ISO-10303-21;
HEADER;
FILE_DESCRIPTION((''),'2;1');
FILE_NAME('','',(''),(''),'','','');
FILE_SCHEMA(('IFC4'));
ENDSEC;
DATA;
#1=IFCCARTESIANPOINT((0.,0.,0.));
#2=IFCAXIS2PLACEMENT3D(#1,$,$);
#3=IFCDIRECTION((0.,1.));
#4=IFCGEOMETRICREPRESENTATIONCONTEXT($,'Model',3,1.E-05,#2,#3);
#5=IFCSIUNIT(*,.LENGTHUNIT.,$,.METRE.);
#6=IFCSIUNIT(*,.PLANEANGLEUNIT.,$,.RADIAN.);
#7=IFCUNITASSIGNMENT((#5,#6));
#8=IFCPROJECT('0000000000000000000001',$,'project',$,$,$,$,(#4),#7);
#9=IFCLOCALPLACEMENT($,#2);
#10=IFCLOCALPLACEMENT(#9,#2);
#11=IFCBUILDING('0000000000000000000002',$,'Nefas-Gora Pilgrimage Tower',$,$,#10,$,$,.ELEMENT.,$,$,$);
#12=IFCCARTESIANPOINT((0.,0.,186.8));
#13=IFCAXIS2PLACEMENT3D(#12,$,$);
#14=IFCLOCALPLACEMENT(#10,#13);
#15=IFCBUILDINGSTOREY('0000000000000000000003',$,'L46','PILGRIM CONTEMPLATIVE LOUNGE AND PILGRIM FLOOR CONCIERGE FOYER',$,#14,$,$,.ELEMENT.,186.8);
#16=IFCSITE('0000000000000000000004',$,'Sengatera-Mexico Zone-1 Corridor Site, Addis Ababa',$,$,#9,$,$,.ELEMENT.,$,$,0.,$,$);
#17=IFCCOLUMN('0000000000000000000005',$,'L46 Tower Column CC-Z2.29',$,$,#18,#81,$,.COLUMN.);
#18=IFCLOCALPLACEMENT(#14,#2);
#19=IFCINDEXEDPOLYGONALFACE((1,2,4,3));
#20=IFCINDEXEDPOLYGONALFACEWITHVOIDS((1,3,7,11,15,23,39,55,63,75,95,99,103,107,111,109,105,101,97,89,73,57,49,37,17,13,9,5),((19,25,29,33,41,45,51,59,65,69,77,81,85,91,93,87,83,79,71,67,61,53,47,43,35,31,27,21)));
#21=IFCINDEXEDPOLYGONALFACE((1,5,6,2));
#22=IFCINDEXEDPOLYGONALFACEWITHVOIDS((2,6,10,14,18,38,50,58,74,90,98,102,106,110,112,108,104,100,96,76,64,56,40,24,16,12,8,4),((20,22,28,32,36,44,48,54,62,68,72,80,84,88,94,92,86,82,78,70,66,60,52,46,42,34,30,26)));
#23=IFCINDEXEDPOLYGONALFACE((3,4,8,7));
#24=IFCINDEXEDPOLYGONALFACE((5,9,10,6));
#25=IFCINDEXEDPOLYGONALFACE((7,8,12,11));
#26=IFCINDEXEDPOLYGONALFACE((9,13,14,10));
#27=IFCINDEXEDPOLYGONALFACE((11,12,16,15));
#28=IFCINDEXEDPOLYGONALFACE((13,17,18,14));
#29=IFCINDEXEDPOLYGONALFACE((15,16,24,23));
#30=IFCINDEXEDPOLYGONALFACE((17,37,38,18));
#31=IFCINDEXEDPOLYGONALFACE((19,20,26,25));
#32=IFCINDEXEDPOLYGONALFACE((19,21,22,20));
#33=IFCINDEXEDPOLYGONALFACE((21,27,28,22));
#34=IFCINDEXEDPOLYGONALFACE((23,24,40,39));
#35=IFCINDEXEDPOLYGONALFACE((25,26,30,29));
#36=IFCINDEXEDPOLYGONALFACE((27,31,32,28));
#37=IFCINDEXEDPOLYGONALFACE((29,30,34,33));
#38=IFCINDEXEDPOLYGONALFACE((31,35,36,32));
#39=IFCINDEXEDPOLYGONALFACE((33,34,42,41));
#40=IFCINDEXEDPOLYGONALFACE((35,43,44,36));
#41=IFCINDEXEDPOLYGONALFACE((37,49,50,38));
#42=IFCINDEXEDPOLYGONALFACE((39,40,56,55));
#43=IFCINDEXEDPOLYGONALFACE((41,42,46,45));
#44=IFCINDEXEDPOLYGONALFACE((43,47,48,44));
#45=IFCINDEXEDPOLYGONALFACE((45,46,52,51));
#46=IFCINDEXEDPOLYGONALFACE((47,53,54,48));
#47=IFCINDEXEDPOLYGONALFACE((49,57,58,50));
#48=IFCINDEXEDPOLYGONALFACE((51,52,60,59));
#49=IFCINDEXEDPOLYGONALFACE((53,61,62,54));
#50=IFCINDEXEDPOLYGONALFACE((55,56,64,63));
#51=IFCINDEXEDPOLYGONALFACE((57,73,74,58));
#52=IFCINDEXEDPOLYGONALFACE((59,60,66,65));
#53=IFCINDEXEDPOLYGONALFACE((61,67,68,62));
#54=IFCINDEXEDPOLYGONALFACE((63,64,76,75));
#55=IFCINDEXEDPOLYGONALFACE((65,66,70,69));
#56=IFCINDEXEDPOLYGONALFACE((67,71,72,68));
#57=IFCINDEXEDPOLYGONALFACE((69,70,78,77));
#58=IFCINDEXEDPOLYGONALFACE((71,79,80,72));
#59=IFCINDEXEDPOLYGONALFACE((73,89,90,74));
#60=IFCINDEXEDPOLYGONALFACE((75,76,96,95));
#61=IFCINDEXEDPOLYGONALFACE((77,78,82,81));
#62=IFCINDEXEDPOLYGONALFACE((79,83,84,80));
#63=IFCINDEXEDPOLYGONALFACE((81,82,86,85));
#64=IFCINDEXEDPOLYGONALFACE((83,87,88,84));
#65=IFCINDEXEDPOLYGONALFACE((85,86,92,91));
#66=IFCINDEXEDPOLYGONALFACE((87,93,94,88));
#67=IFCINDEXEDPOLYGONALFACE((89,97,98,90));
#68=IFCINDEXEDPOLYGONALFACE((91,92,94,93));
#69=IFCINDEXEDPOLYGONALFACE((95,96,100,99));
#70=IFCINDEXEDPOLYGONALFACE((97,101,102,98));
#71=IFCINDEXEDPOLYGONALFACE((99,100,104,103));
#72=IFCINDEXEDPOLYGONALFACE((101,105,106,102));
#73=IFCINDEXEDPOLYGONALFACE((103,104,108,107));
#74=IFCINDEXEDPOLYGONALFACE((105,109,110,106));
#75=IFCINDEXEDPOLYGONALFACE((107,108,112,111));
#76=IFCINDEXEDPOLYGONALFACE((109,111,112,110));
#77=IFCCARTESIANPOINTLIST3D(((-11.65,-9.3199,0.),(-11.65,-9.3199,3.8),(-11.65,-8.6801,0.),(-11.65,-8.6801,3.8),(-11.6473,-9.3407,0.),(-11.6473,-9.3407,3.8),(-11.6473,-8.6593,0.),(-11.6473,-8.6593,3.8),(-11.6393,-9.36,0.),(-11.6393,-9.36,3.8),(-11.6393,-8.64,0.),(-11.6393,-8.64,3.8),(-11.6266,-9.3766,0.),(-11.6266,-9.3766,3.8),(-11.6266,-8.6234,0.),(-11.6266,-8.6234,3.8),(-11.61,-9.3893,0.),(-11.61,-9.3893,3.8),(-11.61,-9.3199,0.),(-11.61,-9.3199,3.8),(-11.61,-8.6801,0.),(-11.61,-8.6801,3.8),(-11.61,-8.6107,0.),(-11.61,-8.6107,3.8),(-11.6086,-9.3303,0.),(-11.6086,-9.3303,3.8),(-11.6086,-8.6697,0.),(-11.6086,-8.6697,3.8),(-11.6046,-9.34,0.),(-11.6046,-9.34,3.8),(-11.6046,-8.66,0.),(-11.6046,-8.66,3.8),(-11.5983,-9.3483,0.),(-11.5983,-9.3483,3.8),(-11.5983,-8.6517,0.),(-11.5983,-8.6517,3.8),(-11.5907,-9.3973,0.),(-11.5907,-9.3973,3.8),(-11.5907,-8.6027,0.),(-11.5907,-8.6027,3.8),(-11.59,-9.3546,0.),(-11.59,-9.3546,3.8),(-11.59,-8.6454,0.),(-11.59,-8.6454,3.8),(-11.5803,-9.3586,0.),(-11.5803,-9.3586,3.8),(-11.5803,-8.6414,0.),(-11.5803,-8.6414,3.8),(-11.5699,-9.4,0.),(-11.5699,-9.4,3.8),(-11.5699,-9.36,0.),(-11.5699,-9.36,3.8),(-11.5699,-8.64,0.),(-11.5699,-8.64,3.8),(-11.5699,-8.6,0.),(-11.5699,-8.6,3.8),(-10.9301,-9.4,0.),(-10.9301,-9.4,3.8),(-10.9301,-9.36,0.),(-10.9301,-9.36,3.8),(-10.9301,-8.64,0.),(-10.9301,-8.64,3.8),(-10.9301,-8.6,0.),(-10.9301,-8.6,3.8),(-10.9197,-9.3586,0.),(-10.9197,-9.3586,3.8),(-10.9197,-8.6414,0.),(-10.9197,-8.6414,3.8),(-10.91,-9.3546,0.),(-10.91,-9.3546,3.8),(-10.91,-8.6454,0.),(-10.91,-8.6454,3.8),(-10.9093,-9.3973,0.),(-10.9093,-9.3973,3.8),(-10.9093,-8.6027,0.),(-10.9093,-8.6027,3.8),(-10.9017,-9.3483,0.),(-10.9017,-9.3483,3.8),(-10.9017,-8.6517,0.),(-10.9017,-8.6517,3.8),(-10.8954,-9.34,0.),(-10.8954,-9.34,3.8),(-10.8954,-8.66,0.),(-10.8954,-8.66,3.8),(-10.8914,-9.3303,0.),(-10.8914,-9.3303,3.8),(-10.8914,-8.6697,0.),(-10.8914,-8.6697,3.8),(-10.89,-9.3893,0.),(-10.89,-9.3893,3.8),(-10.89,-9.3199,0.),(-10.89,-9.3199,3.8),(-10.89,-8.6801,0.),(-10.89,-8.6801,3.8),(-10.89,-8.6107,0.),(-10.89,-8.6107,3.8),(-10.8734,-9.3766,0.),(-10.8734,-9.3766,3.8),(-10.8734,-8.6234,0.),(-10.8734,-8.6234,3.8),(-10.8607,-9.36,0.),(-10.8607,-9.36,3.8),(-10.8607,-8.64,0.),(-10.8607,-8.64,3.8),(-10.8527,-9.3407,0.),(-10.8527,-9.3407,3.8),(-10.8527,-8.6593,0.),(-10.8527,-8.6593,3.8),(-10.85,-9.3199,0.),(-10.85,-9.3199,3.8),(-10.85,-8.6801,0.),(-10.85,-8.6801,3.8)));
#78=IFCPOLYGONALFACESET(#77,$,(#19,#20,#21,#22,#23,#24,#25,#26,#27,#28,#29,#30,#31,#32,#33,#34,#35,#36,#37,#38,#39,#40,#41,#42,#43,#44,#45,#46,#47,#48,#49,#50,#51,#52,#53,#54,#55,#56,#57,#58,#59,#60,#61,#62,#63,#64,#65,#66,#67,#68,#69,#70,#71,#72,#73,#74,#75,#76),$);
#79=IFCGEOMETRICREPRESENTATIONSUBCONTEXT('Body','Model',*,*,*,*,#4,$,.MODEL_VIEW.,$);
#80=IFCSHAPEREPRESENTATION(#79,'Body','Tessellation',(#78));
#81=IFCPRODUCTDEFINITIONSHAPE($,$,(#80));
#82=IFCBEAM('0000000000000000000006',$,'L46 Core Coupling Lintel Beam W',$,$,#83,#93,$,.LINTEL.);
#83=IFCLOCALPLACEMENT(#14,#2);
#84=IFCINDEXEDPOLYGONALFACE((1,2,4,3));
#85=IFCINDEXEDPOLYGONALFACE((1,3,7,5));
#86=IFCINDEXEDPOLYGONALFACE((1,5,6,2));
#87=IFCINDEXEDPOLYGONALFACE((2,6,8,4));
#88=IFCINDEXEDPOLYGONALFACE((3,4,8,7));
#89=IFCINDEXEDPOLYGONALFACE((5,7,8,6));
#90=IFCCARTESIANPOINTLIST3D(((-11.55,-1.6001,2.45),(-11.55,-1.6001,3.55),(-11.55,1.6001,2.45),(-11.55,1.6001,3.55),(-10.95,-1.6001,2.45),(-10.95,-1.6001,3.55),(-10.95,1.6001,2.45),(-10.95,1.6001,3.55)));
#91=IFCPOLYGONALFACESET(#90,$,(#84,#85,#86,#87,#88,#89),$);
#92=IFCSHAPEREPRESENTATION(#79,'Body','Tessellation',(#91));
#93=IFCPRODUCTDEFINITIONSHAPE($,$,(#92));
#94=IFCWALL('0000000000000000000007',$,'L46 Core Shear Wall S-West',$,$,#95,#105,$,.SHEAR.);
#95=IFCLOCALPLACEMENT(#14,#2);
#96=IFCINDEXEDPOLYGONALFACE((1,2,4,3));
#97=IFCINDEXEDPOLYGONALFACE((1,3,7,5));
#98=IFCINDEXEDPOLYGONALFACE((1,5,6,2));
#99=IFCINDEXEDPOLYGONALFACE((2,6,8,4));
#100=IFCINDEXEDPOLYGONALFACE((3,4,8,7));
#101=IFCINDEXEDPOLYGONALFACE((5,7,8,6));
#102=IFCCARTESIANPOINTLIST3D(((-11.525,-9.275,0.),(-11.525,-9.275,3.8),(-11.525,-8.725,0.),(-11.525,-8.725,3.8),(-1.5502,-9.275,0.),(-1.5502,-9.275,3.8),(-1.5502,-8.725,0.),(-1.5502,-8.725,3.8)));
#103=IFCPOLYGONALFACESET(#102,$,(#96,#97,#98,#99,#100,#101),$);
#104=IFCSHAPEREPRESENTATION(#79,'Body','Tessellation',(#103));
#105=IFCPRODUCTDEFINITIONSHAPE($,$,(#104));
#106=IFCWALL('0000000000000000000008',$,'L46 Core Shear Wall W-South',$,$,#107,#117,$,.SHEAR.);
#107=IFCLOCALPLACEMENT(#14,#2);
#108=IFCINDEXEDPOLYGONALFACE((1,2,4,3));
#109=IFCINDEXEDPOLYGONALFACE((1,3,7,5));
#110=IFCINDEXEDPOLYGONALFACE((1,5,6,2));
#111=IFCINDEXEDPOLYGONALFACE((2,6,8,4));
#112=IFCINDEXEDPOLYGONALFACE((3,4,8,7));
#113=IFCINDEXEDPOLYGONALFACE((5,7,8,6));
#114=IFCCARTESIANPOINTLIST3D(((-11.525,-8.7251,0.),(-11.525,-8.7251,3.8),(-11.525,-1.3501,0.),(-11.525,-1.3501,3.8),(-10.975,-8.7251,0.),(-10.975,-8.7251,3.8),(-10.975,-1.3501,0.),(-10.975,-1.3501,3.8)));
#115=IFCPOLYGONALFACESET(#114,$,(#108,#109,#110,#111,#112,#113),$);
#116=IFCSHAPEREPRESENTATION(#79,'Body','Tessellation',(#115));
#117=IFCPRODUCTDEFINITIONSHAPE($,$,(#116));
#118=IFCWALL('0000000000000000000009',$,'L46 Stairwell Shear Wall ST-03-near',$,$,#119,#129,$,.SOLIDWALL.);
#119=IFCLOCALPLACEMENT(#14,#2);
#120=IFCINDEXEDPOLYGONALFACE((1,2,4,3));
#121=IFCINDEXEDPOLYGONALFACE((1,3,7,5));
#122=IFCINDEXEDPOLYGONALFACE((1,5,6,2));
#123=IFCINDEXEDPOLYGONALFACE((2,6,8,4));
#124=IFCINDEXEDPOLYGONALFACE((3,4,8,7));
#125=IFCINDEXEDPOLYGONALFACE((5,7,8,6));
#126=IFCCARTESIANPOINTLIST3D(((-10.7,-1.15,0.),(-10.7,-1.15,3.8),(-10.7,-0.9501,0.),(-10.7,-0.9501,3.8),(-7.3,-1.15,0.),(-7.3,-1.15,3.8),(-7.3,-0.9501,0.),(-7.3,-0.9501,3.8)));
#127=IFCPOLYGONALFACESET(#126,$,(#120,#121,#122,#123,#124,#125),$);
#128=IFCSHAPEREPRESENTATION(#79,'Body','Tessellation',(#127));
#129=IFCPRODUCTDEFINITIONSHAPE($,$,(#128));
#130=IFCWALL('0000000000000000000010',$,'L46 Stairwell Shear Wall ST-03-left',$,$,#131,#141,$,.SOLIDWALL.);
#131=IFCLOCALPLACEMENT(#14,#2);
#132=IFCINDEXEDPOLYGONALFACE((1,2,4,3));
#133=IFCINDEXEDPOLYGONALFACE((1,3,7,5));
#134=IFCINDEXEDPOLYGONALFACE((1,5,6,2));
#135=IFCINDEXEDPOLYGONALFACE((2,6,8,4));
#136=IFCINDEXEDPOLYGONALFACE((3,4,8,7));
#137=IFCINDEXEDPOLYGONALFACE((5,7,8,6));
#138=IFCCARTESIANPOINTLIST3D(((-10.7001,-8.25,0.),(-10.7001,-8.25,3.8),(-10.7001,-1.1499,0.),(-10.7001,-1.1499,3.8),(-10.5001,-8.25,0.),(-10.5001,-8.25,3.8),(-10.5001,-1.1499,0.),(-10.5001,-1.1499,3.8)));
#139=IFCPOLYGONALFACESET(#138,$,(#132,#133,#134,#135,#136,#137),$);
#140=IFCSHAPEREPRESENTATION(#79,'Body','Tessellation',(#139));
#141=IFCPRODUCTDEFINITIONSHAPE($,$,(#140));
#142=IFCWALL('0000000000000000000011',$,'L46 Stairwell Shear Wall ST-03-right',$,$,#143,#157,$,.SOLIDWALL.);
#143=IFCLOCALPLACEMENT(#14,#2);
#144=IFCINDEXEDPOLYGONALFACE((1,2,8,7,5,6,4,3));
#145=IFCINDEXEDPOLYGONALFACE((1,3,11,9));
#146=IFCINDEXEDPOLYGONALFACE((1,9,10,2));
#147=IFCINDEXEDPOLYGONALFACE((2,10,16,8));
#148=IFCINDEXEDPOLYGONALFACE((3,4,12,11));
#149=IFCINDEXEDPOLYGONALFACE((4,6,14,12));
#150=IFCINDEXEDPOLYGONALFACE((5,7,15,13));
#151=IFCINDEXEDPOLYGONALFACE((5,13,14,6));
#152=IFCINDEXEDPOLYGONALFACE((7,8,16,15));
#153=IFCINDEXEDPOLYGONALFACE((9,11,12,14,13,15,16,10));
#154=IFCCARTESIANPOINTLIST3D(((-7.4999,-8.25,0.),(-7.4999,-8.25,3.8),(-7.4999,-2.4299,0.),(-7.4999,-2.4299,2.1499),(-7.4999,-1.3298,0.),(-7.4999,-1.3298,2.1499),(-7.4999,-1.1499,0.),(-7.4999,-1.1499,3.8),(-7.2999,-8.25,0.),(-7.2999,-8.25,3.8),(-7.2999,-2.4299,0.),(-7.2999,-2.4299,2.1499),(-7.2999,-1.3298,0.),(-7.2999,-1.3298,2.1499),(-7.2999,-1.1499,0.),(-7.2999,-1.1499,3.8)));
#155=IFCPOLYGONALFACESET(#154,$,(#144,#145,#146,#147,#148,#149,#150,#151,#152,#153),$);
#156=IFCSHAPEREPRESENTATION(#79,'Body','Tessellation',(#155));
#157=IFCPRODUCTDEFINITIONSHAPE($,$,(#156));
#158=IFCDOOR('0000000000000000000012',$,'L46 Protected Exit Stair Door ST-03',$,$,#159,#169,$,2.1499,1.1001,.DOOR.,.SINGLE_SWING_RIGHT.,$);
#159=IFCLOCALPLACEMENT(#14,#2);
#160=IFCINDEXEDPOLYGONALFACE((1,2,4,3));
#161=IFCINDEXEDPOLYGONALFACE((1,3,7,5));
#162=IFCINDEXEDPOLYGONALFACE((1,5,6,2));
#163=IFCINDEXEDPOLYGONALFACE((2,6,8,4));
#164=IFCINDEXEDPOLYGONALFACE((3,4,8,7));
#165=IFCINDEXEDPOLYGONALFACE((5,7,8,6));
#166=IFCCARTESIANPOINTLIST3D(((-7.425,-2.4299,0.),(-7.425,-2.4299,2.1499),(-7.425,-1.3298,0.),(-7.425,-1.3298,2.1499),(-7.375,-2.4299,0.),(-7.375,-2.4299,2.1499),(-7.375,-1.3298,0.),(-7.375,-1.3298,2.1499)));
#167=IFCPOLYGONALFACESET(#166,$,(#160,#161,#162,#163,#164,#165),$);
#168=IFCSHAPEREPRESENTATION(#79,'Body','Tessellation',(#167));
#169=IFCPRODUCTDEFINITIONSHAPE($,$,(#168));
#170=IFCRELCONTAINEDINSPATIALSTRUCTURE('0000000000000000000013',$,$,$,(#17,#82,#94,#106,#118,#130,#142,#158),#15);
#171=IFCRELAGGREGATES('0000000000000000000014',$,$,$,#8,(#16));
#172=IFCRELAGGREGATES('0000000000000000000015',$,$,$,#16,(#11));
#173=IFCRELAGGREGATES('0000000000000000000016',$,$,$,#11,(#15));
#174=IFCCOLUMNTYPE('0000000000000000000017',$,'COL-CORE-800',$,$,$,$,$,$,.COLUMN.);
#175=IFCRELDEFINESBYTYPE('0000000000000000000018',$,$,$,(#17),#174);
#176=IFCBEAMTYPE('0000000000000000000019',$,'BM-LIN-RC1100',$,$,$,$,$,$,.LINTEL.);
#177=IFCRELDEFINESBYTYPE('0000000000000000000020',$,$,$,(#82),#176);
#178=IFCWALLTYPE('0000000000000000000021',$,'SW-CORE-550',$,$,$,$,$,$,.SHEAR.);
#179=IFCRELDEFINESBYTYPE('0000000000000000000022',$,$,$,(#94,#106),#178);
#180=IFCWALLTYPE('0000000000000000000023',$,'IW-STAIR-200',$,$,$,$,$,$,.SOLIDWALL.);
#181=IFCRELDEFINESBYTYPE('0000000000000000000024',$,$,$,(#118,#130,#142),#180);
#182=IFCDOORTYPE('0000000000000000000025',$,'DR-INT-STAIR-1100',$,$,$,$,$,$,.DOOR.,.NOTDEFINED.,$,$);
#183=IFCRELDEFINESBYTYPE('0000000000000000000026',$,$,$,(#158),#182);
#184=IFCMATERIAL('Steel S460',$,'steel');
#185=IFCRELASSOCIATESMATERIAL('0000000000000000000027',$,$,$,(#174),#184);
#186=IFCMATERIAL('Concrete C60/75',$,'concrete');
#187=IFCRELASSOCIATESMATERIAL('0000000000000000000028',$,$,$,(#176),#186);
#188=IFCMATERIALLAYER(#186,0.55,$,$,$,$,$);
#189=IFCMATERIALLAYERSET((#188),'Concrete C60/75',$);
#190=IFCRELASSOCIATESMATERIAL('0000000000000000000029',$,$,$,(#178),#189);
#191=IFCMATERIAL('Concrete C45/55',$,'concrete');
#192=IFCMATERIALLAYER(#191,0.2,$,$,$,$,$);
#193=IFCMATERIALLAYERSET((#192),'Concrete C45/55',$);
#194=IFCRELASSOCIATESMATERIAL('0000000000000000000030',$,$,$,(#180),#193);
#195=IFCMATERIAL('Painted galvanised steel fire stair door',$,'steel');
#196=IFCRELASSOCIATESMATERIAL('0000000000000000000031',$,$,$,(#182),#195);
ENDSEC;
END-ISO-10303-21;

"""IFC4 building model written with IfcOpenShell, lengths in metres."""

from ifc_helpers import new_model, si_unit, direction, frame, frame_2d, origin, origin_2d, place, context, subcontext, project, spatial, rectangle, hollow_rectangle, extrude, source, transform, mapped, material, layer, layer_set, material_profile, profile_set, type_object, element, fill, save


model = new_model("IFC4")

# Units and contexts
model_context = context("Model", 3, precision=1e-05, world=origin(), true_north=direction((0.0, 1.0)))
body_context = subcontext(model_context, "Body", "Model", "MODEL_VIEW")
ifc_project = project(units=[si_unit("LENGTHUNIT", "METRE"), si_unit("PLANEANGLEUNIT", "RADIAN")], contexts=[model_context])

# Site, building, storey
site_placement = place(None, origin())
site = spatial("IfcSite", under=ifc_project, at=site_placement, Name="Sengatera-Mexico Zone-1 Corridor Site, Addis Ababa", CompositionType="ELEMENT", RefElevation=0.0)
building_placement = place(site_placement, origin())
building = spatial("IfcBuilding", under=site, at=building_placement, Name="Nefas-Gora Pilgrimage Tower", CompositionType="ELEMENT")
storey_placement = place(building_placement, frame((0.0, 0.0, 186.8)))
storey = spatial("IfcBuildingStorey", under=building, at=storey_placement, Name="L46", Description="PILGRIM CONTEMPLATIVE LOUNGE AND PILGRIM FLOOR CONCIERGE FOYER", CompositionType="ELEMENT", Elevation=186.8)

# Column
ifc_material_1 = material(Name="Steel S460", Category="steel")
ifc_material_profile_1 = material_profile(ifc_material_1, hollow_rectangle(XDim=0.8, YDim=0.8, WallThickness=0.04, InnerFilletRadius=0.04, OuterFilletRadius=0.0801, at=origin_2d()), Name="BOX 800x800x40")
ifc_profile_set_1 = profile_set([ifc_material_profile_1], Name="Steel S460")
column_type = type_object("IfcColumnType", Name="COL-CORE-800", PredefinedType="COLUMN", material=ifc_profile_set_1)
shared_shape_1 = source(origin(), body_context, "Body", "SweptSolid", [
    extrude(hollow_rectangle(XDim=0.8, YDim=0.8, WallThickness=0.04, InnerFilletRadius=0.04, OuterFilletRadius=0.0801, at=origin_2d()), origin(), (0.0, 0.0, 1.0), 3.8),
])
column_placement = place(storey_placement, frame((-11.25, -9.0, 0.0), z_axis=(0.0, 0.0, 1.0), x_axis=(1.0, 0.0, 0.0)))
element("IfcColumn", 1, at=column_placement, inside=storey, type_object=column_type, Name="L46 Tower Column CC-Z2.29", PredefinedType="COLUMN", context=body_context, shape_type="MappedRepresentation", body=[
    mapped(shared_shape_1, transform((0.0, 0.0, 0.0), x_axis=(1.0, 0.0, 0.0), y_axis=(0.0, 1.0, 0.0), z_axis=(0.0, 0.0, 1.0), scale=1.0)),
])

# Beam
ifc_material_2 = material(Name="Concrete C60/75", Category="concrete")
ifc_material_profile_2 = material_profile(ifc_material_2, rectangle(XDim=0.6001, YDim=1.1001, at=origin_2d()), Name="RC 600x1100")
ifc_profile_set_2 = profile_set([ifc_material_profile_2], Name="Concrete C60/75")
beam_type = type_object("IfcBeamType", Name="BM-LIN-RC1100", PredefinedType="LINTEL", material=ifc_profile_set_2)
shared_shape_2 = source(origin(), body_context, "Body", "SweptSolid", [
    extrude(rectangle(XDim=0.6001, YDim=1.1001, at=origin_2d()), origin(), (0.0, 0.0, 1.0), 3.2002),
])
beam_placement = place(storey_placement, frame((-11.25, -1.6001, 3.0), z_axis=(0.0, 1.0, 0.0), x_axis=(-1.0, 0.0, 0.0)))
element("IfcBeam", 2, at=beam_placement, inside=storey, type_object=beam_type, Name="L46 Core Coupling Lintel Beam W", PredefinedType="LINTEL", context=body_context, shape_type="MappedRepresentation", body=[
    mapped(shared_shape_2, transform((0.0, 0.0, 0.0), x_axis=(1.0, 0.0, 0.0), y_axis=(0.0, 1.0, 0.0), z_axis=(0.0, 0.0, 1.0), scale=1.0)),
])

# Walls
ifc_layer_1 = layer(ifc_material_2, 0.55)
ifc_layer_set_1 = layer_set([ifc_layer_1], Name="Concrete C60/75")
wall_type_1 = type_object("IfcWallType", Name="SW-CORE-550", PredefinedType="SHEAR", material=ifc_layer_set_1)
shared_shape_3 = source(origin(), body_context, "Body", "SweptSolid", [
    extrude(rectangle(XDim=9.9749, YDim=0.55, at=frame_2d((4.9873, 0.0))), origin(), (0.0, 0.0, 1.0), 3.8),
])
wall_1_placement = place(storey_placement, frame((-11.5249, -9.0, 0.0), z_axis=(0.0, 0.0, 1.0), x_axis=(1.0, 0.0, 0.0)))
element("IfcWall", 3, at=wall_1_placement, inside=storey, type_object=wall_type_1, Name="L46 Core Shear Wall S-West", PredefinedType="SHEAR", context=body_context, shape_type="MappedRepresentation", body=[
    mapped(shared_shape_3, transform((0.0, 0.0, 0.0), x_axis=(1.0, 0.0, 0.0), y_axis=(0.0, 1.0, 0.0), z_axis=(0.0, 0.0, 1.0), scale=1.0)),
])
shared_shape_4 = source(origin(), body_context, "Body", "SweptSolid", [
    extrude(rectangle(XDim=7.375, YDim=0.55, at=frame_2d((3.6875, 0.0))), origin(), (0.0, 0.0, 1.0), 3.8),
])
wall_2_placement = place(storey_placement, frame((-11.25, -8.7251, 0.0), z_axis=(0.0, 0.0, 1.0), x_axis=(0.0, 1.0, 0.0)))
element("IfcWall", 4, at=wall_2_placement, inside=storey, type_object=wall_type_1, Name="L46 Core Shear Wall W-South", PredefinedType="SHEAR", context=body_context, shape_type="MappedRepresentation", body=[
    mapped(shared_shape_4, transform((0.0, 0.0, 0.0), x_axis=(1.0, 0.0, 0.0), y_axis=(0.0, 1.0, 0.0), z_axis=(0.0, 0.0, 1.0), scale=1.0)),
])
ifc_material_3 = material(Name="Concrete C45/55", Category="concrete")
ifc_layer_2 = layer(ifc_material_3, 0.2)
ifc_layer_set_2 = layer_set([ifc_layer_2], Name="Concrete C45/55")
wall_type_2 = type_object("IfcWallType", Name="IW-STAIR-200", PredefinedType="SOLIDWALL", material=ifc_layer_set_2)
shared_shape_5 = source(origin(), body_context, "Body", "SweptSolid", [
    extrude(rectangle(XDim=3.3999, YDim=0.2, at=frame_2d((1.7, 0.0))), origin(), (0.0, 0.0, 1.0), 3.8),
])
wall_3_placement = place(storey_placement, frame((-10.7, -1.05, 0.0), z_axis=(0.0, 0.0, 1.0), x_axis=(1.0, 0.0, 0.0)))
element("IfcWall", 5, at=wall_3_placement, inside=storey, type_object=wall_type_2, Name="L46 Stairwell Shear Wall ST-03-near", PredefinedType="SOLIDWALL", context=body_context, shape_type="MappedRepresentation", body=[
    mapped(shared_shape_5, transform((0.0, 0.0, 0.0), x_axis=(1.0, 0.0, 0.0), y_axis=(0.0, 1.0, 0.0), z_axis=(0.0, 0.0, 1.0), scale=1.0)),
])
shared_shape_6 = source(origin(), body_context, "Body", "SweptSolid", [
    extrude(rectangle(XDim=7.1001, YDim=0.2, at=frame_2d((3.55, 0.0))), origin(), (0.0, 0.0, 1.0), 3.8),
])
wall_4_placement = place(storey_placement, frame((-10.6001, -1.1499, 0.0), z_axis=(0.0, 0.0, 1.0), x_axis=(0.0, -1.0, 0.0)))
element("IfcWall", 6, at=wall_4_placement, inside=storey, type_object=wall_type_2, Name="L46 Stairwell Shear Wall ST-03-left", PredefinedType="SOLIDWALL", context=body_context, shape_type="MappedRepresentation", body=[
    mapped(shared_shape_6, transform((0.0, 0.0, 0.0), x_axis=(1.0, 0.0, 0.0), y_axis=(0.0, 1.0, 0.0), z_axis=(0.0, 0.0, 1.0), scale=1.0)),
])

# Wall, opening, door
wall_5_placement = place(storey_placement, frame((-7.3999, -1.1499, 0.0), z_axis=(0.0, 0.0, 1.0), x_axis=(0.0, -1.0, 0.0)))
wall_5 = element("IfcWall", 7, at=wall_5_placement, inside=storey, type_object=wall_type_2, Name="L46 Stairwell Shear Wall ST-03-right", PredefinedType="SOLIDWALL", context=body_context, shape_type="MappedRepresentation", body=[
    mapped(shared_shape_6, transform((0.0, 0.0, 0.0), x_axis=(1.0, 0.0, 0.0), y_axis=(0.0, 1.0, 0.0), z_axis=(0.0, 0.0, 1.0), scale=1.0)),
])
opening_1_placement = place(wall_5_placement, frame((0.1799, 0.0, 0.0)))
opening_1 = element("IfcOpeningElement", 8, at=opening_1_placement, cuts=wall_5, PredefinedType="OPENING", context=body_context, shape_type="SweptSolid", body=[
    extrude(rectangle(XDim=1.1001, YDim=2.1499, at=frame_2d((0.55, 1.075))), frame((0.0, 0.1099, 0.0), z_axis=(0.0, -1.0, 0.0), x_axis=(1.0, 0.0, 0.0)), (0.0, 0.0, 1.0), 0.22),
])
ifc_material_4 = material(Name="Painted galvanised steel fire stair door", Category="steel")
door_type_1 = type_object("IfcDoorType", Name="DR-INT-STAIR-1100", OperationType="NOTDEFINED", PredefinedType="DOOR", material=ifc_material_4)
shared_shape_7 = source(origin(), body_context, "Body", "SweptSolid", [
    extrude(rectangle(XDim=1.1001, YDim=2.1499, at=frame_2d((0.55, 1.075))), frame((0.0, 0.0249, 0.0), z_axis=(0.0, -1.0, 0.0), x_axis=(1.0, 0.0, 0.0)), (0.0, 0.0, 1.0), 0.05),
])
door_1_placement = place(opening_1_placement, origin())
door_1 = element("IfcDoor", 9, at=door_1_placement, inside=storey, type_object=door_type_1, Name="L46 Protected Exit Stair Door ST-03", OperationType="SINGLE_SWING_RIGHT", OverallHeight=2.1499, OverallWidth=1.1001, PredefinedType="DOOR", context=body_context, shape_type="MappedRepresentation", body=[
    mapped(shared_shape_7, transform((0.0, 0.0, 0.0), x_axis=(1.0, 0.0, 0.0), y_axis=(0.0, 1.0, 0.0), z_axis=(0.0, 0.0, 1.0), scale=1.0)),
])
fill(opening_1, door_1)

save(model, "model.ifc")
